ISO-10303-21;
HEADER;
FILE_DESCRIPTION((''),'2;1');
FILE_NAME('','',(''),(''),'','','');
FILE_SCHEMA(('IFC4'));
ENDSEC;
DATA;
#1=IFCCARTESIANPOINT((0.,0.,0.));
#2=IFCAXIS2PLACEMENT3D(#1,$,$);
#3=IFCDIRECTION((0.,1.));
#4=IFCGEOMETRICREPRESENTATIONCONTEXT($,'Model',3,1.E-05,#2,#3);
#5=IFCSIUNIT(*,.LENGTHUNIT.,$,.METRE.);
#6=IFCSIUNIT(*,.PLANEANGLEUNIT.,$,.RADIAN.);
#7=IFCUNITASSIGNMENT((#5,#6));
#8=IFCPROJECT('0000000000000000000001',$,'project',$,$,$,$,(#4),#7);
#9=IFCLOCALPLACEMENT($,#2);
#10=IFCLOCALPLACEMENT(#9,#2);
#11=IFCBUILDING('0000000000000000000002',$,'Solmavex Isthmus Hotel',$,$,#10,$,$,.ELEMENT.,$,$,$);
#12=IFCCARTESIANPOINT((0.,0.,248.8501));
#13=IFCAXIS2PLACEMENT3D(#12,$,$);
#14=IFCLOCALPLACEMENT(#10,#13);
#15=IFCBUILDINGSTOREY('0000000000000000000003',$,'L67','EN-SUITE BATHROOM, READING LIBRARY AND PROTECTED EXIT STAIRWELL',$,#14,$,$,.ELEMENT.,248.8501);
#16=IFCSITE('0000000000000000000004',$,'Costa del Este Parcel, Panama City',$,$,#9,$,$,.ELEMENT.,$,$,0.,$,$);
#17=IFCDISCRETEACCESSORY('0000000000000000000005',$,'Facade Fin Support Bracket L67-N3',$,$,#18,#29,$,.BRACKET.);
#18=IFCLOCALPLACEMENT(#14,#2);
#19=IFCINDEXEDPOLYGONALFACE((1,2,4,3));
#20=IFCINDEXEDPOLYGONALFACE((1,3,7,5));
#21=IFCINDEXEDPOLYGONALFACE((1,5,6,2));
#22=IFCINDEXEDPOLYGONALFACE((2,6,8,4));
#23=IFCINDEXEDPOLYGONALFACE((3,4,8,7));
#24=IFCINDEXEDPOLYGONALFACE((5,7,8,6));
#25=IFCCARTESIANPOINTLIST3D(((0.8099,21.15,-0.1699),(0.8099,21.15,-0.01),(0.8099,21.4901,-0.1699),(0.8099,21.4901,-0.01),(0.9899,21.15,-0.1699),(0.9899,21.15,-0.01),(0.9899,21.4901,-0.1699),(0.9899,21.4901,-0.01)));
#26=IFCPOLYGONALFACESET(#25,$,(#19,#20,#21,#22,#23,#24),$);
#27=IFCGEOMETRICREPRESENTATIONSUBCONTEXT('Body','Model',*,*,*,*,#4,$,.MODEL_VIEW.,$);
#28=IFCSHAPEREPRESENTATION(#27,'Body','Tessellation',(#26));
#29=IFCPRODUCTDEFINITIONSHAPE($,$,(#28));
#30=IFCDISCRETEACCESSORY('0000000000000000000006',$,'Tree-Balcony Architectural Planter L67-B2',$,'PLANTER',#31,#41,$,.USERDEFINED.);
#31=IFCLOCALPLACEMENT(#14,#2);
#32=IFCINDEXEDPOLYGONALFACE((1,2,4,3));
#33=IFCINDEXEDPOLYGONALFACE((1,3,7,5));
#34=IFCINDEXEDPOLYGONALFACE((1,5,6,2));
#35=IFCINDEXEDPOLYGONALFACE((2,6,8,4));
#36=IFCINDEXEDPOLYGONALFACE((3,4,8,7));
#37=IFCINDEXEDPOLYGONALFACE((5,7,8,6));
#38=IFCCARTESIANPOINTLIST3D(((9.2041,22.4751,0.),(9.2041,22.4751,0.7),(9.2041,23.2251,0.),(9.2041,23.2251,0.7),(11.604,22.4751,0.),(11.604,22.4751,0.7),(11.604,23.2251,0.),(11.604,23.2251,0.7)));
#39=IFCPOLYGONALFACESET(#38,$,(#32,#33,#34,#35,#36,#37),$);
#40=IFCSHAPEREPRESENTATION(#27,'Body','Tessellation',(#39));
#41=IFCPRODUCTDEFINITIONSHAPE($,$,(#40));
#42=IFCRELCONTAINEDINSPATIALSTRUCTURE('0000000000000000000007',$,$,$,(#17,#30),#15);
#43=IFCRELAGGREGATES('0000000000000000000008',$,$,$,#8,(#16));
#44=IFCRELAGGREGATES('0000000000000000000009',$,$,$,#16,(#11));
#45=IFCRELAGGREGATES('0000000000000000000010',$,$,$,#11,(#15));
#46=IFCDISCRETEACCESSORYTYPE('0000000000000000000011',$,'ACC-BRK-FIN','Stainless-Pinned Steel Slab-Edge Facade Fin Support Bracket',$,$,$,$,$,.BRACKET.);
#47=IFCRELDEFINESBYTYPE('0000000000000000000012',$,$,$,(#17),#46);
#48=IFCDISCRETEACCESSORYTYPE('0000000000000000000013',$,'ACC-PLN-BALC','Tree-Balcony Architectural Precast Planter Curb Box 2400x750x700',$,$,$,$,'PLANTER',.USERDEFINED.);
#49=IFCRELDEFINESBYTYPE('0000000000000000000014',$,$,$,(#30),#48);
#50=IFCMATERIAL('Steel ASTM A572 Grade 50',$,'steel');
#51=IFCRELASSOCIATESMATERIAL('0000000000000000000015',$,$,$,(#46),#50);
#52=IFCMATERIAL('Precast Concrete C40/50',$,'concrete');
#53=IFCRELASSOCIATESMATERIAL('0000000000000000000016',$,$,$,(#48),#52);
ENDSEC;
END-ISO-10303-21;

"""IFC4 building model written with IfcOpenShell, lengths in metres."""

from ifc_helpers import new_model, si_unit, direction, frame, origin, origin_2d, place, context, subcontext, project, spatial, rectangle, extrude, material, type_object, element, save


model = new_model("IFC4")

# Units and contexts
model_context = context("Model", 3, precision=1e-05, world=origin(), true_north=direction((0.0, 1.0)))
body_context = subcontext(model_context, "Body", "Model", "MODEL_VIEW")
ifc_project = project(units=[si_unit("LENGTHUNIT", "METRE"), si_unit("PLANEANGLEUNIT", "RADIAN")], contexts=[model_context])

# Site, building, storey
site_placement = place(None, origin())
site = spatial("IfcSite", under=ifc_project, at=site_placement, Name="Costa del Este Parcel, Panama City", CompositionType="ELEMENT", RefElevation=0.0)
building_placement = place(site_placement, origin())
building = spatial("IfcBuilding", under=site, at=building_placement, Name="Solmavex Isthmus Hotel", CompositionType="ELEMENT")
storey_placement = place(building_placement, frame((0.0, 0.0, 248.8501)))
storey = spatial("IfcBuildingStorey", under=building, at=storey_placement, Name="L67", Description="EN-SUITE BATHROOM, READING LIBRARY AND PROTECTED EXIT STAIRWELL", CompositionType="ELEMENT", Elevation=248.8501)

# Shared definitions
ifc_material_1 = material(Name="Precast Concrete C40/50", Category="concrete")

# Discrete accessories
ifc_material_2 = material(Name="Steel ASTM A572 Grade 50", Category="steel")
discrete_accessory_type_1 = type_object("IfcDiscreteAccessoryType", Name="ACC-BRK-FIN", Description="Stainless-Pinned Steel Slab-Edge Facade Fin Support Bracket", PredefinedType="BRACKET", material=ifc_material_2)
discrete_accessory_1_placement = place(storey_placement, frame((0.8999, 21.3201, -0.1699), z_axis=(0.0, 0.0, 1.0), x_axis=(0.0, 1.0, 0.0)))
element("IfcDiscreteAccessory", 1, at=discrete_accessory_1_placement, inside=storey, type_object=discrete_accessory_type_1, Name="Facade Fin Support Bracket L67-N3", PredefinedType="BRACKET", context=body_context, shape_type="SweptSolid", body=[
    extrude(rectangle(XDim=0.3401, YDim=0.1799, at=origin_2d()), origin(), (0.0, 0.0, 1.0), 0.1599),
])
discrete_accessory_type_2 = type_object("IfcDiscreteAccessoryType", Name="ACC-PLN-BALC", Description="Tree-Balcony Architectural Precast Planter Curb Box 2400x750x700", ElementType="PLANTER", PredefinedType="USERDEFINED", material=ifc_material_1)
discrete_accessory_2_placement = place(storey_placement, frame((10.4041, 22.8501, 0.0), z_axis=(0.0, 0.0, 1.0), x_axis=(1.0, 0.0, 0.0)))
element("IfcDiscreteAccessory", 2, at=discrete_accessory_2_placement, inside=storey, type_object=discrete_accessory_type_2, Name="Tree-Balcony Architectural Planter L67-B2", ObjectType="PLANTER", PredefinedType="USERDEFINED", context=body_context, shape_type="SweptSolid", body=[
    extrude(rectangle(XDim=2.3999, YDim=0.75, at=origin_2d()), origin(), (0.0, 0.0, 1.0), 0.7),
])

save(model, "model.ifc")
